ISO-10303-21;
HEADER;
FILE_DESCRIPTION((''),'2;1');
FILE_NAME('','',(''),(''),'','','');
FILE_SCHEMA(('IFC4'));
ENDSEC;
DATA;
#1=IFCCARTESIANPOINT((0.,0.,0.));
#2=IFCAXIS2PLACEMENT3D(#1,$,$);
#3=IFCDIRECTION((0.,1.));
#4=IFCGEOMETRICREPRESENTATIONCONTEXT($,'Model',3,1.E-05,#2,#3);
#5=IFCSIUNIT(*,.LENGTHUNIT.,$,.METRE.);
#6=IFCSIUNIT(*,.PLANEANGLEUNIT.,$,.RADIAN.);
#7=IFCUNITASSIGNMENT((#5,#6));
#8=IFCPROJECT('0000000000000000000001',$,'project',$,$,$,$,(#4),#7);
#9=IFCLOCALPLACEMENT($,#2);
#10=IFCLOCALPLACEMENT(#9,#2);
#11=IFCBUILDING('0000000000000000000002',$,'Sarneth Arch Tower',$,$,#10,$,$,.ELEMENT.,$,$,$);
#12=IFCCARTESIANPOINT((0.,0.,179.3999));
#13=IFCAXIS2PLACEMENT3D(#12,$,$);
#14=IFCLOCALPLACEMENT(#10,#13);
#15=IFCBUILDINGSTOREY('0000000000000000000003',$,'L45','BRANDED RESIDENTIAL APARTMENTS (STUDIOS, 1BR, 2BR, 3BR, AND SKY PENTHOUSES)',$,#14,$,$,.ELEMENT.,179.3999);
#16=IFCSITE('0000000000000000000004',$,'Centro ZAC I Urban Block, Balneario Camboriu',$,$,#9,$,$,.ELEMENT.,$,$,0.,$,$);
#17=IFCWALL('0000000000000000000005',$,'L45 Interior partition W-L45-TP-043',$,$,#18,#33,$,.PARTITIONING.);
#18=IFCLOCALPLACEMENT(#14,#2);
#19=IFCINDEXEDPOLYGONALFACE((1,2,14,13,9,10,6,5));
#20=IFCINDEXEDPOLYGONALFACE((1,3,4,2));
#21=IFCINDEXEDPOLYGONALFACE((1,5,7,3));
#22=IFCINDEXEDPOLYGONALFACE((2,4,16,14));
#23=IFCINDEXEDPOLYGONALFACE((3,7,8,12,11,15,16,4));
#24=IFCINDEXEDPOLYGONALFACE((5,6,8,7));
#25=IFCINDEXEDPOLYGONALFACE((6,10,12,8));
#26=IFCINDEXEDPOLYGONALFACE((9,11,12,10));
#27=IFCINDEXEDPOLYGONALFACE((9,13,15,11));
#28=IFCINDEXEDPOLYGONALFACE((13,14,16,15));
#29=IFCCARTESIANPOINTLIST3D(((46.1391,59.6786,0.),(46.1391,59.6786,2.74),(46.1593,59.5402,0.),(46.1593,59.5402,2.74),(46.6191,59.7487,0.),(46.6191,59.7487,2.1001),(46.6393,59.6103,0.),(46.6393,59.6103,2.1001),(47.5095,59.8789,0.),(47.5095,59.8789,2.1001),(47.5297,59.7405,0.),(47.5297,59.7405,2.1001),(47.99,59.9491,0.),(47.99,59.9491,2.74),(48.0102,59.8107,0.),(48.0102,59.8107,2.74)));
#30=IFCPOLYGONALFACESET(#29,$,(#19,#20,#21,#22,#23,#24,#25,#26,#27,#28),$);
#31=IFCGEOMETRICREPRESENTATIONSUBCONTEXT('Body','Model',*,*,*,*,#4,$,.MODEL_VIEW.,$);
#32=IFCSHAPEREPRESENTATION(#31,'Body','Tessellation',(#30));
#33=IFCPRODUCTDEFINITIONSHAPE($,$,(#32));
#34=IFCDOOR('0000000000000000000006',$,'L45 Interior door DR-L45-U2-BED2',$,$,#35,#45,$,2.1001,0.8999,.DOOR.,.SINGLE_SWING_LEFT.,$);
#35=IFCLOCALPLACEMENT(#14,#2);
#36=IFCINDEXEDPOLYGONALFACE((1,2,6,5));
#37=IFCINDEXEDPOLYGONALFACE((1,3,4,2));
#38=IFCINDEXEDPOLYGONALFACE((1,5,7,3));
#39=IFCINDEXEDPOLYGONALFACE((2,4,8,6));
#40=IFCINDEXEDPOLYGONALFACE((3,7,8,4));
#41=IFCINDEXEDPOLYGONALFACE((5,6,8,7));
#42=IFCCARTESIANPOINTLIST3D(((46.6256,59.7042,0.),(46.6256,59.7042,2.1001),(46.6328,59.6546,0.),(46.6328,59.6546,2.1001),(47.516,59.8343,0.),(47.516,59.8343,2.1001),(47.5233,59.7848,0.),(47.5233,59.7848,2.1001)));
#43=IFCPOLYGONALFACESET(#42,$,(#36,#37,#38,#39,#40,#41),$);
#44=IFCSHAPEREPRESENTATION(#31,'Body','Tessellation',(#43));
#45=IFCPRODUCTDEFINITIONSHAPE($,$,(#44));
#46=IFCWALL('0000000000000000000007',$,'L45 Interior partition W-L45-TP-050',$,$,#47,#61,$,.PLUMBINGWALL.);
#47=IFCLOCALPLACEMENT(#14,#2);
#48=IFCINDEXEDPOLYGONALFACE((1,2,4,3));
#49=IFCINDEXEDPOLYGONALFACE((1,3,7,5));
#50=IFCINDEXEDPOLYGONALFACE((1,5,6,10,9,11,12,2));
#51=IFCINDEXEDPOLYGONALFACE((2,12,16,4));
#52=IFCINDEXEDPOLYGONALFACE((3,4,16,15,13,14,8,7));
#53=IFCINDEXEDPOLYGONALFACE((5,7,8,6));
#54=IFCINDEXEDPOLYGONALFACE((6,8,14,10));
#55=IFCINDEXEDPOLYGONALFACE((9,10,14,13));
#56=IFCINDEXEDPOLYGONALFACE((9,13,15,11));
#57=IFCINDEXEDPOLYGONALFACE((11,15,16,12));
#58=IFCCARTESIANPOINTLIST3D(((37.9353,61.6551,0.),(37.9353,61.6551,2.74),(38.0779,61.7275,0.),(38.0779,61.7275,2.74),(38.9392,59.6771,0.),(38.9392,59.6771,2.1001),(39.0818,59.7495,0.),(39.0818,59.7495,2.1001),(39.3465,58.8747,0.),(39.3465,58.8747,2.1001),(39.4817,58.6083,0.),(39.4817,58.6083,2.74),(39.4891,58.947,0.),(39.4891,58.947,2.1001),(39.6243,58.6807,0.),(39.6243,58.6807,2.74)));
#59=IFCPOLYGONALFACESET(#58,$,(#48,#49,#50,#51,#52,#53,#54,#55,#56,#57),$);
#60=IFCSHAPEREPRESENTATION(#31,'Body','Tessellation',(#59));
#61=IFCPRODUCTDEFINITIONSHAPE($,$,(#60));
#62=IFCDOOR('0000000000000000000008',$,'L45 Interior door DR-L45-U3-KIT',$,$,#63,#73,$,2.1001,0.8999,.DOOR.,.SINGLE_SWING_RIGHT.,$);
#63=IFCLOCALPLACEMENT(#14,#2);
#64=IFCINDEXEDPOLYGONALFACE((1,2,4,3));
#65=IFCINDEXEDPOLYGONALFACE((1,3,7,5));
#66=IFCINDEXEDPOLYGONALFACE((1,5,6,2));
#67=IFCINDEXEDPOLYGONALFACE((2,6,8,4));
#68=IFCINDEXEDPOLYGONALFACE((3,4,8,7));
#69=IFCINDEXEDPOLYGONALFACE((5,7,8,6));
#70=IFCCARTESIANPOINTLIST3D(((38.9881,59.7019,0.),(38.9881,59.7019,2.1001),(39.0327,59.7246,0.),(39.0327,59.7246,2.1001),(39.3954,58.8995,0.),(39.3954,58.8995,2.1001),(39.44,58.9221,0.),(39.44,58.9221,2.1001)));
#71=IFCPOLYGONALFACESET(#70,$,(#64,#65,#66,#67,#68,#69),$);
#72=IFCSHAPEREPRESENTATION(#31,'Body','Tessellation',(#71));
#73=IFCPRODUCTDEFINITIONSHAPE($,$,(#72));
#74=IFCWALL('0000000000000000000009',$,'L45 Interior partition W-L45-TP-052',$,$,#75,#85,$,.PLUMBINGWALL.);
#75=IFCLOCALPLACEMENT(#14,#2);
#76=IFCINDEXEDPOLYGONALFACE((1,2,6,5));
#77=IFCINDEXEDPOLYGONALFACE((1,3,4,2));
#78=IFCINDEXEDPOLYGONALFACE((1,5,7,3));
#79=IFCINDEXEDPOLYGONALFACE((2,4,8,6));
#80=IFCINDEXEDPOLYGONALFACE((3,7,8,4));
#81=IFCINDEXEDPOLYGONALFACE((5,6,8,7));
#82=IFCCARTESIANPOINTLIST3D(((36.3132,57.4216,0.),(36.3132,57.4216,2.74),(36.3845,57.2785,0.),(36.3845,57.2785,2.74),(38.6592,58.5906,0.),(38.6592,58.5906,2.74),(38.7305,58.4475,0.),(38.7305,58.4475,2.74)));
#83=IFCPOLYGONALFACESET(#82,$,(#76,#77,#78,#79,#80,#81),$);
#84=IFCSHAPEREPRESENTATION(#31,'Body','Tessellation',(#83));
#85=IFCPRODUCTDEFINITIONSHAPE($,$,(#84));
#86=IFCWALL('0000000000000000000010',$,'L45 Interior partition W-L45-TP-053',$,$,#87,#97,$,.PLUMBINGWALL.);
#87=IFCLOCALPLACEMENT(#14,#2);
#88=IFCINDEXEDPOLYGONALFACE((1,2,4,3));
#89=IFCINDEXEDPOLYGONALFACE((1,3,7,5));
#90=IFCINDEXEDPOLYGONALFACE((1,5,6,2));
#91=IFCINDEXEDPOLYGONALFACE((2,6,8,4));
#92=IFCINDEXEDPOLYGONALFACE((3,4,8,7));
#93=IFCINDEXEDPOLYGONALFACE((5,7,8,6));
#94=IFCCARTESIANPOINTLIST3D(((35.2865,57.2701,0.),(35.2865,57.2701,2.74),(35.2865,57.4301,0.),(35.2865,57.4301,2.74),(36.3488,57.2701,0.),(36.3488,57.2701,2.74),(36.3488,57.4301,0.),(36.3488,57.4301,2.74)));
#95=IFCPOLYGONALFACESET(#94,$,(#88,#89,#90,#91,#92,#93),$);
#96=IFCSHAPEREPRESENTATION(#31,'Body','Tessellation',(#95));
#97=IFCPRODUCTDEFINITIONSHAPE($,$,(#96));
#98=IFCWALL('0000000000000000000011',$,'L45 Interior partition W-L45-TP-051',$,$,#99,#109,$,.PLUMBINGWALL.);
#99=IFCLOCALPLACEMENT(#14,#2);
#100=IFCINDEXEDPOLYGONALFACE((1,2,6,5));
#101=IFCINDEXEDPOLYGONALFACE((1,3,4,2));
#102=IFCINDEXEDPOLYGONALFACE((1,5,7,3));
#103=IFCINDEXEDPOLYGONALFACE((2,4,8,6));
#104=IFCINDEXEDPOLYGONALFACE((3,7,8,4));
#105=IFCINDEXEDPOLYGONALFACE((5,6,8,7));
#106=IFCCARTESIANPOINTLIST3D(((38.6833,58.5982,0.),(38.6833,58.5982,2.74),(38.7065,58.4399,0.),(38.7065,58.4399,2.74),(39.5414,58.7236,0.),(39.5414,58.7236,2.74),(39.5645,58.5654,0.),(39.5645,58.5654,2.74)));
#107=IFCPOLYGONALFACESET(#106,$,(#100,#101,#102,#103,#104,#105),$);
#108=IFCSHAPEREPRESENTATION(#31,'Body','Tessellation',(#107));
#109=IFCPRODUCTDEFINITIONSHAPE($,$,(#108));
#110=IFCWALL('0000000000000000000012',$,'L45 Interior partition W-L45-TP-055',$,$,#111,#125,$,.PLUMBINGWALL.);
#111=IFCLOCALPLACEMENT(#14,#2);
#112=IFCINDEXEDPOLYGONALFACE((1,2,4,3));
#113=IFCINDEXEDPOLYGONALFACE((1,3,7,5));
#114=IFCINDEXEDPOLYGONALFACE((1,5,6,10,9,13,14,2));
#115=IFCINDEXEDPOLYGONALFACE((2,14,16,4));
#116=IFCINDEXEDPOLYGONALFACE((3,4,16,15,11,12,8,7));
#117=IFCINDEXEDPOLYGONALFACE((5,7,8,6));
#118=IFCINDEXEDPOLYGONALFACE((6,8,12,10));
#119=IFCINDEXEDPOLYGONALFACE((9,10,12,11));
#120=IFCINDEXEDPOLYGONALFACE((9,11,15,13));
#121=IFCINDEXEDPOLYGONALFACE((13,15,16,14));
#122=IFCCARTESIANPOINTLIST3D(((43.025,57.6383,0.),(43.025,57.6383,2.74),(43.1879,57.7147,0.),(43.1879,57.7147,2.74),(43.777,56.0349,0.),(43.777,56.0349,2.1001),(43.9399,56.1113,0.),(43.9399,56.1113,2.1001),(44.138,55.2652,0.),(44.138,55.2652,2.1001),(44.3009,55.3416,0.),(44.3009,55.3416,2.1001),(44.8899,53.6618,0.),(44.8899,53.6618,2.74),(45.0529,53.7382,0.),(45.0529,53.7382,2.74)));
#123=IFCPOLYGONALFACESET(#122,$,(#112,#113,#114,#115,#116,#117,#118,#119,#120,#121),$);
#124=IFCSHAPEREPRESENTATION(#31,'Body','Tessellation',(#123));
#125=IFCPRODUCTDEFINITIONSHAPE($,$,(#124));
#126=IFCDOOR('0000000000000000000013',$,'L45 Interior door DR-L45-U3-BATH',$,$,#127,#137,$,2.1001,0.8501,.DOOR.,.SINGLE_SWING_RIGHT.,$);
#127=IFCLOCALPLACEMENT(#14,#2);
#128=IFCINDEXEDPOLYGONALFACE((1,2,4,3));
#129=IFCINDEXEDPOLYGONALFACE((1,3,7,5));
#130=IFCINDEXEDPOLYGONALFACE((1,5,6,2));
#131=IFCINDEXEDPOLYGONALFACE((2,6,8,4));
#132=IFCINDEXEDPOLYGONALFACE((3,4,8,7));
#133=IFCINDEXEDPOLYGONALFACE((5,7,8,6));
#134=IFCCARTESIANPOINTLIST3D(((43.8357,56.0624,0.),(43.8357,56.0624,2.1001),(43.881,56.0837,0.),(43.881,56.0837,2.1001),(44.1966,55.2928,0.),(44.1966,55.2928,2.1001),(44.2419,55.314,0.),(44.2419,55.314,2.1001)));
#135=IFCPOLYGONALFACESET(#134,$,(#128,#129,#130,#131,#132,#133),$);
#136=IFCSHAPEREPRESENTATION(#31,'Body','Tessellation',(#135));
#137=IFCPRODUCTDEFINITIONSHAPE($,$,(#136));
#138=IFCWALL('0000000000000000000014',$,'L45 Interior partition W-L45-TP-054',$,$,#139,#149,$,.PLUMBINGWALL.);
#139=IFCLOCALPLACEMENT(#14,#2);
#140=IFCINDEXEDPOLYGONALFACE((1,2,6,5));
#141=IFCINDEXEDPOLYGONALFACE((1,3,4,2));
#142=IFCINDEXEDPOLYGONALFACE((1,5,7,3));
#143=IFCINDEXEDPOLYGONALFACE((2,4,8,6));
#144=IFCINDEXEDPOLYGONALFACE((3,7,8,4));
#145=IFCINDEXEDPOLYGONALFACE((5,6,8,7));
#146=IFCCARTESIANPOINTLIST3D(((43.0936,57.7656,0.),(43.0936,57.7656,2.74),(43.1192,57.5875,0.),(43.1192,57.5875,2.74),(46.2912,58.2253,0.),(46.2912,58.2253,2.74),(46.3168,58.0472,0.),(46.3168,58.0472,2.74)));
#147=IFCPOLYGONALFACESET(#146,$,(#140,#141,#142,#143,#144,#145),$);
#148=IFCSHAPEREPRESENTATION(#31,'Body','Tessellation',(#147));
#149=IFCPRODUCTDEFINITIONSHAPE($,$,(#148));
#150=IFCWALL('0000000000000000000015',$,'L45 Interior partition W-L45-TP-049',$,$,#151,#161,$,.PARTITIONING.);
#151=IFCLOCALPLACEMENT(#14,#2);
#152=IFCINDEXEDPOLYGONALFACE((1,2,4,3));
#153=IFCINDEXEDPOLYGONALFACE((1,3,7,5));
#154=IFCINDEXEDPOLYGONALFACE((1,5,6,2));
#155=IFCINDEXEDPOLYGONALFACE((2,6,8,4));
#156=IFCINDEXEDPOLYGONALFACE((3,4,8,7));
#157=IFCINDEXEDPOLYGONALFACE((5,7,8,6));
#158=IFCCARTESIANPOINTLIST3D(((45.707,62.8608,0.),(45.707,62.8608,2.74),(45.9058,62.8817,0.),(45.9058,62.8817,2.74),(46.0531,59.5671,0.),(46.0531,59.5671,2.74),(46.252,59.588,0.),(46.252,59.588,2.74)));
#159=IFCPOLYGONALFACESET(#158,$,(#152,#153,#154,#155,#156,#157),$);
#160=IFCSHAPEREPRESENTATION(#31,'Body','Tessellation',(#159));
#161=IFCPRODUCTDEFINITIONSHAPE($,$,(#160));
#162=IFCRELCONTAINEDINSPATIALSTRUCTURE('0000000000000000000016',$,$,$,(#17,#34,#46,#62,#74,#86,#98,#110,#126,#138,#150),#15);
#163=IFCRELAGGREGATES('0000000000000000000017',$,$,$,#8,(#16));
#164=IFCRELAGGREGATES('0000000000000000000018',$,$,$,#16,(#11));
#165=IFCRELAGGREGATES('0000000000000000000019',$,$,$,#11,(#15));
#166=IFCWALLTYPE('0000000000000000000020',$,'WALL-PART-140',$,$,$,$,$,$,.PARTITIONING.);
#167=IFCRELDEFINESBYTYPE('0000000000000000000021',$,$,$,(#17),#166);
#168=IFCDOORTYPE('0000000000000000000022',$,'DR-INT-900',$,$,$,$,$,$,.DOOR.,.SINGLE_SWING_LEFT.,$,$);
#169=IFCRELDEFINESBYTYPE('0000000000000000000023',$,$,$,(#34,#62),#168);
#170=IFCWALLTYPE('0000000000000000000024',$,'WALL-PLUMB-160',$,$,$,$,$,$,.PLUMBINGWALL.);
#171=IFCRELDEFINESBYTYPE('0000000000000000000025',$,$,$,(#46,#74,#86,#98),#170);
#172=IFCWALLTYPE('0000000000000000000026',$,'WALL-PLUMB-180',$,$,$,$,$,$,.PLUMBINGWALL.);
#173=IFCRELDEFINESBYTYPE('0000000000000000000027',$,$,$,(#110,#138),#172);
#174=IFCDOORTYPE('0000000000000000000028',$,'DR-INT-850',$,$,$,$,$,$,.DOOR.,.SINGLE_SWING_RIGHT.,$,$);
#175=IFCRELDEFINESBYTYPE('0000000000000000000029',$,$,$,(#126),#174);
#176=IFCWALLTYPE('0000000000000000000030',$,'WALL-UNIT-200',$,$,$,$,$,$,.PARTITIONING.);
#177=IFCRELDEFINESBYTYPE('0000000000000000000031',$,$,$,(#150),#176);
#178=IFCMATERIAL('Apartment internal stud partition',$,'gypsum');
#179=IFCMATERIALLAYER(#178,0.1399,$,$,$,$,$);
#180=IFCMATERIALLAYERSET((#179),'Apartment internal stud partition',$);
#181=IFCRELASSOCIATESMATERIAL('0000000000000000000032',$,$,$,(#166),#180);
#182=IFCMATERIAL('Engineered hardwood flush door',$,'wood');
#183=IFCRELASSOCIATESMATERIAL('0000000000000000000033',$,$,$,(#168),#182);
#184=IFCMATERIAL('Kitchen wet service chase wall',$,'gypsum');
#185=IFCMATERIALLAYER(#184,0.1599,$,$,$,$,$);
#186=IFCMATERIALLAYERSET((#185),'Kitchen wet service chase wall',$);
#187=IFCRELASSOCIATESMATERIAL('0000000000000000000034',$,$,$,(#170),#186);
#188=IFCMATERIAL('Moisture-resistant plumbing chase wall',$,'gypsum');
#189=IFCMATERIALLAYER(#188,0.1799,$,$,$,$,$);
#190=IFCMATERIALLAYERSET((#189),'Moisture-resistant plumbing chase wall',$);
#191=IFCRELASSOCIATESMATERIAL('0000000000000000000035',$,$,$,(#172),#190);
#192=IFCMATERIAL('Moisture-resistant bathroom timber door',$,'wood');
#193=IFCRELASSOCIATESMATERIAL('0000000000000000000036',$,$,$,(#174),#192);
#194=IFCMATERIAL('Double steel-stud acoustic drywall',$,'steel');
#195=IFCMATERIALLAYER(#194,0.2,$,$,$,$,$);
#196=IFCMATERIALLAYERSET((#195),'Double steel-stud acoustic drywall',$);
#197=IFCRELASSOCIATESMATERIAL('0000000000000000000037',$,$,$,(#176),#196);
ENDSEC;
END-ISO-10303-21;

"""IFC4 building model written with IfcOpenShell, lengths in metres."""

from ifc_helpers import new_model, si_unit, direction, frame, frame_2d, origin, place, context, subcontext, project, spatial, rectangle, extrude, material, layer, layer_set, type_object, element, fill, save


model = new_model("IFC4")

# Units and contexts
model_context = context("Model", 3, precision=1e-05, world=origin(), true_north=direction((0.0, 1.0)))
body_context = subcontext(model_context, "Body", "Model", "MODEL_VIEW")
ifc_project = project(units=[si_unit("LENGTHUNIT", "METRE"), si_unit("PLANEANGLEUNIT", "RADIAN")], contexts=[model_context])

# Site, building, storey
site_placement = place(None, origin())
site = spatial("IfcSite", under=ifc_project, at=site_placement, Name="Centro ZAC I Urban Block, Balneario Camboriu", CompositionType="ELEMENT", RefElevation=0.0)
building_placement = place(site_placement, origin())
building = spatial("IfcBuilding", under=site, at=building_placement, Name="Sarneth Arch Tower", CompositionType="ELEMENT")
storey_placement = place(building_placement, frame((0.0, 0.0, 179.3999)))
storey = spatial("IfcBuildingStorey", under=building, at=storey_placement, Name="L45", Description="BRANDED RESIDENTIAL APARTMENTS (STUDIOS, 1BR, 2BR, 3BR, AND SKY PENTHOUSES)", CompositionType="ELEMENT", Elevation=179.3999)

# Walls, openings, doors
ifc_material_1 = material(Name="Apartment internal stud partition", Category="gypsum")
ifc_layer_1 = layer(ifc_material_1, 0.1399)
ifc_layer_set_1 = layer_set([ifc_layer_1], Name="Apartment internal stud partition")
wall_type_1 = type_object("IfcWallType", Name="WALL-PART-140", PredefinedType="PARTITIONING", material=ifc_layer_set_1)
wall_1_placement = place(storey_placement, frame((46.1492, 59.6094, 0.0), z_axis=(0.0, 0.0, 1.0), x_axis=(0.989488, 0.144618, 0.0)))
wall_1 = element("IfcWall", 1, at=wall_1_placement, inside=storey, type_object=wall_type_1, Name="L45 Interior partition W-L45-TP-043", PredefinedType="PARTITIONING", context=body_context, shape_type="SweptSolid", body=[
    extrude(rectangle(XDim=1.8706, YDim=0.1399, at=frame_2d((0.9353, 0.0))), origin(), (0.0, 0.0, 1.0), 2.74),
])
opening_1_placement = place(wall_1_placement, frame((0.4851, 0.0, 0.0)))
opening_1 = element("IfcOpeningElement", 2, at=opening_1_placement, cuts=wall_1, PredefinedType="OPENING", context=body_context, shape_type="SweptSolid", body=[
    extrude(rectangle(XDim=0.8999, YDim=2.1001, at=frame_2d((0.45, 1.05))), frame((0.0, 0.0798, 0.0), z_axis=(0.0, -1.0, 0.0), x_axis=(1.0, 0.0, 0.0)), (0.0, 0.0, 1.0), 0.1599),
])
ifc_material_2 = material(Name="Engineered hardwood flush door", Category="wood")
door_type_1 = type_object("IfcDoorType", Name="DR-INT-900", OperationType="SINGLE_SWING_LEFT", PredefinedType="DOOR", material=ifc_material_2)
door_1_placement = place(opening_1_placement, origin())
door_1 = element("IfcDoor", 3, at=door_1_placement, inside=storey, type_object=door_type_1, Name="L45 Interior door DR-L45-U2-BED2", OperationType="SINGLE_SWING_LEFT", OverallHeight=2.1001, OverallWidth=0.8999, PredefinedType="DOOR", context=body_context, shape_type="SweptSolid", body=[
    extrude(rectangle(XDim=0.8999, YDim=2.1001, at=frame_2d((0.45, 1.05))), frame((0.0, 0.0249, 0.0), z_axis=(0.0, -1.0, 0.0), x_axis=(1.0, 0.0, 0.0)), (0.0, 0.0, 1.0), 0.05),
])
fill(opening_1, door_1)
ifc_material_3 = material(Name="Kitchen wet service chase wall", Category="gypsum")
ifc_layer_2 = layer(ifc_material_3, 0.1599)
ifc_layer_set_2 = layer_set([ifc_layer_2], Name="Kitchen wet service chase wall")
wall_type_2 = type_object("IfcWallType", Name="WALL-PLUMB-160", PredefinedType="PLUMBINGWALL", material=ifc_layer_set_2)
wall_2_placement = place(storey_placement, frame((38.0066, 61.6914, 0.0), z_axis=(0.0, 0.0, 1.0), x_axis=(0.452579, -0.891724, 0.0)))
wall_2 = element("IfcWall", 4, at=wall_2_placement, inside=storey, type_object=wall_type_2, Name="L45 Interior partition W-L45-TP-050", PredefinedType="PLUMBINGWALL", context=body_context, shape_type="SweptSolid", body=[
    extrude(rectangle(XDim=3.4167, YDim=0.1599, at=frame_2d((1.7085, 0.0))), origin(), (0.0, 0.0, 1.0), 2.74),
])
opening_2_placement = place(wall_2_placement, frame((2.2183, 0.0, 0.0)))
opening_2 = element("IfcOpeningElement", 5, at=opening_2_placement, cuts=wall_2, PredefinedType="OPENING", context=body_context, shape_type="SweptSolid", body=[
    extrude(rectangle(XDim=0.8999, YDim=2.1001, at=frame_2d((0.45, 1.05))), frame((0.0, 0.0898, 0.0), z_axis=(0.0, -1.0, 0.0), x_axis=(1.0, 0.0, 0.0)), (0.0, 0.0, 1.0), 0.1799),
])
door_2_placement = place(opening_2_placement, origin())
door_2 = element("IfcDoor", 6, at=door_2_placement, inside=storey, type_object=door_type_1, Name="L45 Interior door DR-L45-U3-KIT", OperationType="SINGLE_SWING_RIGHT", OverallHeight=2.1001, OverallWidth=0.8999, PredefinedType="DOOR", context=body_context, shape_type="SweptSolid", body=[
    extrude(rectangle(XDim=0.8999, YDim=2.1001, at=frame_2d((0.45, 1.05))), frame((0.0, 0.0249, 0.0), z_axis=(0.0, -1.0, 0.0), x_axis=(1.0, 0.0, 0.0)), (0.0, 0.0, 1.0), 0.05),
])
fill(opening_2, door_2)

# Walls
wall_3_placement = place(storey_placement, frame((38.6948, 58.519, 0.0), z_axis=(0.0, 0.0, 1.0), x_axis=(-0.895041, -0.445984, 0.0)))
element("IfcWall", 7, at=wall_3_placement, inside=storey, type_object=wall_type_2, Name="L45 Interior partition W-L45-TP-052", PredefinedType="PLUMBINGWALL", context=body_context, shape_type="SweptSolid", body=[
    extrude(rectangle(XDim=2.6211, YDim=0.1599, at=frame_2d((1.3105, 0.0))), origin(), (0.0, 0.0, 1.0), 2.74),
])
wall_4_placement = place(storey_placement, frame((36.3489, 57.3501, 0.0), z_axis=(0.0, 0.0, 1.0), x_axis=(-1.0, 0.0, 0.0)))
element("IfcWall", 8, at=wall_4_placement, inside=storey, type_object=wall_type_2, Name="L45 Interior partition W-L45-TP-053", PredefinedType="PLUMBINGWALL", context=body_context, shape_type="SweptSolid", body=[
    extrude(rectangle(XDim=1.0623, YDim=0.1599, at=frame_2d((0.5312, 0.0))), origin(), (0.0, 0.0, 1.0), 2.74),
])
wall_5_placement = place(storey_placement, frame((39.553, 58.6445, 0.0), z_axis=(0.0, 0.0, 1.0), x_axis=(-0.989477, -0.144692, 0.0)))
element("IfcWall", 9, at=wall_5_placement, inside=storey, type_object=wall_type_2, Name="L45 Interior partition W-L45-TP-051", PredefinedType="PLUMBINGWALL", context=body_context, shape_type="SweptSolid", body=[
    extrude(rectangle(XDim=0.8672, YDim=0.1599, at=frame_2d((0.4336, 0.0))), origin(), (0.0, 0.0, 1.0), 2.74),
])

# Wall, opening, door
ifc_material_4 = material(Name="Moisture-resistant plumbing chase wall", Category="gypsum")
ifc_layer_3 = layer(ifc_material_4, 0.1799)
ifc_layer_set_3 = layer_set([ifc_layer_3], Name="Moisture-resistant plumbing chase wall")
wall_type_3 = type_object("IfcWallType", Name="WALL-PLUMB-180", PredefinedType="PLUMBINGWALL", material=ifc_layer_set_3)
wall_6_placement = place(storey_placement, frame((43.1064, 57.6765, 0.0), z_axis=(0.0, 0.0, 1.0), x_axis=(0.424616, -0.905373, 0.0)))
wall_6 = element("IfcWall", 10, at=wall_6_placement, inside=storey, type_object=wall_type_3, Name="L45 Interior partition W-L45-TP-055", PredefinedType="PLUMBINGWALL", context=body_context, shape_type="SweptSolid", body=[
    extrude(rectangle(XDim=4.3921, YDim=0.1799, at=frame_2d((2.196, 0.0))), origin(), (0.0, 0.0, 1.0), 2.74),
])
opening_3_placement = place(wall_6_placement, frame((1.771, 0.0, 0.0)))
opening_3 = element("IfcOpeningElement", 11, at=opening_3_placement, cuts=wall_6, PredefinedType="OPENING", context=body_context, shape_type="SweptSolid", body=[
    extrude(rectangle(XDim=0.8501, YDim=2.1001, at=frame_2d((0.425, 1.05))), frame((0.0, 0.0999, 0.0), z_axis=(0.0, -1.0, 0.0), x_axis=(1.0, 0.0, 0.0)), (0.0, 0.0, 1.0), 0.2),
])
ifc_material_5 = material(Name="Moisture-resistant bathroom timber door", Category="wood")
door_type_2 = type_object("IfcDoorType", Name="DR-INT-850", OperationType="SINGLE_SWING_RIGHT", PredefinedType="DOOR", material=ifc_material_5)
door_3_placement = place(opening_3_placement, origin())
door_3 = element("IfcDoor", 12, at=door_3_placement, inside=storey, type_object=door_type_2, Name="L45 Interior door DR-L45-U3-BATH", OperationType="SINGLE_SWING_RIGHT", OverallHeight=2.1001, OverallWidth=0.8501, PredefinedType="DOOR", context=body_context, shape_type="SweptSolid", body=[
    extrude(rectangle(XDim=0.8501, YDim=2.1001, at=frame_2d((0.425, 1.05))), frame((0.0, 0.0249, 0.0), z_axis=(0.0, -1.0, 0.0), x_axis=(1.0, 0.0, 0.0)), (0.0, 0.0, 1.0), 0.05),
])
fill(opening_3, door_3)

# Walls
wall_7_placement = place(storey_placement, frame((46.304, 58.1362, 0.0), z_axis=(0.0, 0.0, 1.0), x_axis=(-0.989822, -0.14231, 0.0)))
element("IfcWall", 13, at=wall_7_placement, inside=storey, type_object=wall_type_3, Name="L45 Interior partition W-L45-TP-054", PredefinedType="PLUMBINGWALL", context=body_context, shape_type="SweptSolid", body=[
    extrude(rectangle(XDim=3.2305, YDim=0.1799, at=frame_2d((1.6152, 0.0))), origin(), (0.0, 0.0, 1.0), 2.74),
])
ifc_material_6 = material(Name="Double steel-stud acoustic drywall", Category="steel")
ifc_layer_4 = layer(ifc_material_6, 0.2)
ifc_layer_set_4 = layer_set([ifc_layer_4], Name="Double steel-stud acoustic drywall")
wall_type_4 = type_object("IfcWallType", Name="WALL-UNIT-200", PredefinedType="PARTITIONING", material=ifc_layer_set_4)
wall_8_placement = place(storey_placement, frame((45.8064, 62.8711, 0.0), z_axis=(0.0, 0.0, 1.0), x_axis=(0.104531, -0.994522, 0.0)))
element("IfcWall", 14, at=wall_8_placement, inside=storey, type_object=wall_type_4, Name="L45 Interior partition W-L45-TP-049", PredefinedType="PARTITIONING", context=body_context, shape_type="SweptSolid", body=[
    extrude(rectangle(XDim=3.3118, YDim=0.2, at=frame_2d((1.6558, 0.0))), origin(), (0.0, 0.0, 1.0), 2.74),
])

save(model, "model.ifc")
